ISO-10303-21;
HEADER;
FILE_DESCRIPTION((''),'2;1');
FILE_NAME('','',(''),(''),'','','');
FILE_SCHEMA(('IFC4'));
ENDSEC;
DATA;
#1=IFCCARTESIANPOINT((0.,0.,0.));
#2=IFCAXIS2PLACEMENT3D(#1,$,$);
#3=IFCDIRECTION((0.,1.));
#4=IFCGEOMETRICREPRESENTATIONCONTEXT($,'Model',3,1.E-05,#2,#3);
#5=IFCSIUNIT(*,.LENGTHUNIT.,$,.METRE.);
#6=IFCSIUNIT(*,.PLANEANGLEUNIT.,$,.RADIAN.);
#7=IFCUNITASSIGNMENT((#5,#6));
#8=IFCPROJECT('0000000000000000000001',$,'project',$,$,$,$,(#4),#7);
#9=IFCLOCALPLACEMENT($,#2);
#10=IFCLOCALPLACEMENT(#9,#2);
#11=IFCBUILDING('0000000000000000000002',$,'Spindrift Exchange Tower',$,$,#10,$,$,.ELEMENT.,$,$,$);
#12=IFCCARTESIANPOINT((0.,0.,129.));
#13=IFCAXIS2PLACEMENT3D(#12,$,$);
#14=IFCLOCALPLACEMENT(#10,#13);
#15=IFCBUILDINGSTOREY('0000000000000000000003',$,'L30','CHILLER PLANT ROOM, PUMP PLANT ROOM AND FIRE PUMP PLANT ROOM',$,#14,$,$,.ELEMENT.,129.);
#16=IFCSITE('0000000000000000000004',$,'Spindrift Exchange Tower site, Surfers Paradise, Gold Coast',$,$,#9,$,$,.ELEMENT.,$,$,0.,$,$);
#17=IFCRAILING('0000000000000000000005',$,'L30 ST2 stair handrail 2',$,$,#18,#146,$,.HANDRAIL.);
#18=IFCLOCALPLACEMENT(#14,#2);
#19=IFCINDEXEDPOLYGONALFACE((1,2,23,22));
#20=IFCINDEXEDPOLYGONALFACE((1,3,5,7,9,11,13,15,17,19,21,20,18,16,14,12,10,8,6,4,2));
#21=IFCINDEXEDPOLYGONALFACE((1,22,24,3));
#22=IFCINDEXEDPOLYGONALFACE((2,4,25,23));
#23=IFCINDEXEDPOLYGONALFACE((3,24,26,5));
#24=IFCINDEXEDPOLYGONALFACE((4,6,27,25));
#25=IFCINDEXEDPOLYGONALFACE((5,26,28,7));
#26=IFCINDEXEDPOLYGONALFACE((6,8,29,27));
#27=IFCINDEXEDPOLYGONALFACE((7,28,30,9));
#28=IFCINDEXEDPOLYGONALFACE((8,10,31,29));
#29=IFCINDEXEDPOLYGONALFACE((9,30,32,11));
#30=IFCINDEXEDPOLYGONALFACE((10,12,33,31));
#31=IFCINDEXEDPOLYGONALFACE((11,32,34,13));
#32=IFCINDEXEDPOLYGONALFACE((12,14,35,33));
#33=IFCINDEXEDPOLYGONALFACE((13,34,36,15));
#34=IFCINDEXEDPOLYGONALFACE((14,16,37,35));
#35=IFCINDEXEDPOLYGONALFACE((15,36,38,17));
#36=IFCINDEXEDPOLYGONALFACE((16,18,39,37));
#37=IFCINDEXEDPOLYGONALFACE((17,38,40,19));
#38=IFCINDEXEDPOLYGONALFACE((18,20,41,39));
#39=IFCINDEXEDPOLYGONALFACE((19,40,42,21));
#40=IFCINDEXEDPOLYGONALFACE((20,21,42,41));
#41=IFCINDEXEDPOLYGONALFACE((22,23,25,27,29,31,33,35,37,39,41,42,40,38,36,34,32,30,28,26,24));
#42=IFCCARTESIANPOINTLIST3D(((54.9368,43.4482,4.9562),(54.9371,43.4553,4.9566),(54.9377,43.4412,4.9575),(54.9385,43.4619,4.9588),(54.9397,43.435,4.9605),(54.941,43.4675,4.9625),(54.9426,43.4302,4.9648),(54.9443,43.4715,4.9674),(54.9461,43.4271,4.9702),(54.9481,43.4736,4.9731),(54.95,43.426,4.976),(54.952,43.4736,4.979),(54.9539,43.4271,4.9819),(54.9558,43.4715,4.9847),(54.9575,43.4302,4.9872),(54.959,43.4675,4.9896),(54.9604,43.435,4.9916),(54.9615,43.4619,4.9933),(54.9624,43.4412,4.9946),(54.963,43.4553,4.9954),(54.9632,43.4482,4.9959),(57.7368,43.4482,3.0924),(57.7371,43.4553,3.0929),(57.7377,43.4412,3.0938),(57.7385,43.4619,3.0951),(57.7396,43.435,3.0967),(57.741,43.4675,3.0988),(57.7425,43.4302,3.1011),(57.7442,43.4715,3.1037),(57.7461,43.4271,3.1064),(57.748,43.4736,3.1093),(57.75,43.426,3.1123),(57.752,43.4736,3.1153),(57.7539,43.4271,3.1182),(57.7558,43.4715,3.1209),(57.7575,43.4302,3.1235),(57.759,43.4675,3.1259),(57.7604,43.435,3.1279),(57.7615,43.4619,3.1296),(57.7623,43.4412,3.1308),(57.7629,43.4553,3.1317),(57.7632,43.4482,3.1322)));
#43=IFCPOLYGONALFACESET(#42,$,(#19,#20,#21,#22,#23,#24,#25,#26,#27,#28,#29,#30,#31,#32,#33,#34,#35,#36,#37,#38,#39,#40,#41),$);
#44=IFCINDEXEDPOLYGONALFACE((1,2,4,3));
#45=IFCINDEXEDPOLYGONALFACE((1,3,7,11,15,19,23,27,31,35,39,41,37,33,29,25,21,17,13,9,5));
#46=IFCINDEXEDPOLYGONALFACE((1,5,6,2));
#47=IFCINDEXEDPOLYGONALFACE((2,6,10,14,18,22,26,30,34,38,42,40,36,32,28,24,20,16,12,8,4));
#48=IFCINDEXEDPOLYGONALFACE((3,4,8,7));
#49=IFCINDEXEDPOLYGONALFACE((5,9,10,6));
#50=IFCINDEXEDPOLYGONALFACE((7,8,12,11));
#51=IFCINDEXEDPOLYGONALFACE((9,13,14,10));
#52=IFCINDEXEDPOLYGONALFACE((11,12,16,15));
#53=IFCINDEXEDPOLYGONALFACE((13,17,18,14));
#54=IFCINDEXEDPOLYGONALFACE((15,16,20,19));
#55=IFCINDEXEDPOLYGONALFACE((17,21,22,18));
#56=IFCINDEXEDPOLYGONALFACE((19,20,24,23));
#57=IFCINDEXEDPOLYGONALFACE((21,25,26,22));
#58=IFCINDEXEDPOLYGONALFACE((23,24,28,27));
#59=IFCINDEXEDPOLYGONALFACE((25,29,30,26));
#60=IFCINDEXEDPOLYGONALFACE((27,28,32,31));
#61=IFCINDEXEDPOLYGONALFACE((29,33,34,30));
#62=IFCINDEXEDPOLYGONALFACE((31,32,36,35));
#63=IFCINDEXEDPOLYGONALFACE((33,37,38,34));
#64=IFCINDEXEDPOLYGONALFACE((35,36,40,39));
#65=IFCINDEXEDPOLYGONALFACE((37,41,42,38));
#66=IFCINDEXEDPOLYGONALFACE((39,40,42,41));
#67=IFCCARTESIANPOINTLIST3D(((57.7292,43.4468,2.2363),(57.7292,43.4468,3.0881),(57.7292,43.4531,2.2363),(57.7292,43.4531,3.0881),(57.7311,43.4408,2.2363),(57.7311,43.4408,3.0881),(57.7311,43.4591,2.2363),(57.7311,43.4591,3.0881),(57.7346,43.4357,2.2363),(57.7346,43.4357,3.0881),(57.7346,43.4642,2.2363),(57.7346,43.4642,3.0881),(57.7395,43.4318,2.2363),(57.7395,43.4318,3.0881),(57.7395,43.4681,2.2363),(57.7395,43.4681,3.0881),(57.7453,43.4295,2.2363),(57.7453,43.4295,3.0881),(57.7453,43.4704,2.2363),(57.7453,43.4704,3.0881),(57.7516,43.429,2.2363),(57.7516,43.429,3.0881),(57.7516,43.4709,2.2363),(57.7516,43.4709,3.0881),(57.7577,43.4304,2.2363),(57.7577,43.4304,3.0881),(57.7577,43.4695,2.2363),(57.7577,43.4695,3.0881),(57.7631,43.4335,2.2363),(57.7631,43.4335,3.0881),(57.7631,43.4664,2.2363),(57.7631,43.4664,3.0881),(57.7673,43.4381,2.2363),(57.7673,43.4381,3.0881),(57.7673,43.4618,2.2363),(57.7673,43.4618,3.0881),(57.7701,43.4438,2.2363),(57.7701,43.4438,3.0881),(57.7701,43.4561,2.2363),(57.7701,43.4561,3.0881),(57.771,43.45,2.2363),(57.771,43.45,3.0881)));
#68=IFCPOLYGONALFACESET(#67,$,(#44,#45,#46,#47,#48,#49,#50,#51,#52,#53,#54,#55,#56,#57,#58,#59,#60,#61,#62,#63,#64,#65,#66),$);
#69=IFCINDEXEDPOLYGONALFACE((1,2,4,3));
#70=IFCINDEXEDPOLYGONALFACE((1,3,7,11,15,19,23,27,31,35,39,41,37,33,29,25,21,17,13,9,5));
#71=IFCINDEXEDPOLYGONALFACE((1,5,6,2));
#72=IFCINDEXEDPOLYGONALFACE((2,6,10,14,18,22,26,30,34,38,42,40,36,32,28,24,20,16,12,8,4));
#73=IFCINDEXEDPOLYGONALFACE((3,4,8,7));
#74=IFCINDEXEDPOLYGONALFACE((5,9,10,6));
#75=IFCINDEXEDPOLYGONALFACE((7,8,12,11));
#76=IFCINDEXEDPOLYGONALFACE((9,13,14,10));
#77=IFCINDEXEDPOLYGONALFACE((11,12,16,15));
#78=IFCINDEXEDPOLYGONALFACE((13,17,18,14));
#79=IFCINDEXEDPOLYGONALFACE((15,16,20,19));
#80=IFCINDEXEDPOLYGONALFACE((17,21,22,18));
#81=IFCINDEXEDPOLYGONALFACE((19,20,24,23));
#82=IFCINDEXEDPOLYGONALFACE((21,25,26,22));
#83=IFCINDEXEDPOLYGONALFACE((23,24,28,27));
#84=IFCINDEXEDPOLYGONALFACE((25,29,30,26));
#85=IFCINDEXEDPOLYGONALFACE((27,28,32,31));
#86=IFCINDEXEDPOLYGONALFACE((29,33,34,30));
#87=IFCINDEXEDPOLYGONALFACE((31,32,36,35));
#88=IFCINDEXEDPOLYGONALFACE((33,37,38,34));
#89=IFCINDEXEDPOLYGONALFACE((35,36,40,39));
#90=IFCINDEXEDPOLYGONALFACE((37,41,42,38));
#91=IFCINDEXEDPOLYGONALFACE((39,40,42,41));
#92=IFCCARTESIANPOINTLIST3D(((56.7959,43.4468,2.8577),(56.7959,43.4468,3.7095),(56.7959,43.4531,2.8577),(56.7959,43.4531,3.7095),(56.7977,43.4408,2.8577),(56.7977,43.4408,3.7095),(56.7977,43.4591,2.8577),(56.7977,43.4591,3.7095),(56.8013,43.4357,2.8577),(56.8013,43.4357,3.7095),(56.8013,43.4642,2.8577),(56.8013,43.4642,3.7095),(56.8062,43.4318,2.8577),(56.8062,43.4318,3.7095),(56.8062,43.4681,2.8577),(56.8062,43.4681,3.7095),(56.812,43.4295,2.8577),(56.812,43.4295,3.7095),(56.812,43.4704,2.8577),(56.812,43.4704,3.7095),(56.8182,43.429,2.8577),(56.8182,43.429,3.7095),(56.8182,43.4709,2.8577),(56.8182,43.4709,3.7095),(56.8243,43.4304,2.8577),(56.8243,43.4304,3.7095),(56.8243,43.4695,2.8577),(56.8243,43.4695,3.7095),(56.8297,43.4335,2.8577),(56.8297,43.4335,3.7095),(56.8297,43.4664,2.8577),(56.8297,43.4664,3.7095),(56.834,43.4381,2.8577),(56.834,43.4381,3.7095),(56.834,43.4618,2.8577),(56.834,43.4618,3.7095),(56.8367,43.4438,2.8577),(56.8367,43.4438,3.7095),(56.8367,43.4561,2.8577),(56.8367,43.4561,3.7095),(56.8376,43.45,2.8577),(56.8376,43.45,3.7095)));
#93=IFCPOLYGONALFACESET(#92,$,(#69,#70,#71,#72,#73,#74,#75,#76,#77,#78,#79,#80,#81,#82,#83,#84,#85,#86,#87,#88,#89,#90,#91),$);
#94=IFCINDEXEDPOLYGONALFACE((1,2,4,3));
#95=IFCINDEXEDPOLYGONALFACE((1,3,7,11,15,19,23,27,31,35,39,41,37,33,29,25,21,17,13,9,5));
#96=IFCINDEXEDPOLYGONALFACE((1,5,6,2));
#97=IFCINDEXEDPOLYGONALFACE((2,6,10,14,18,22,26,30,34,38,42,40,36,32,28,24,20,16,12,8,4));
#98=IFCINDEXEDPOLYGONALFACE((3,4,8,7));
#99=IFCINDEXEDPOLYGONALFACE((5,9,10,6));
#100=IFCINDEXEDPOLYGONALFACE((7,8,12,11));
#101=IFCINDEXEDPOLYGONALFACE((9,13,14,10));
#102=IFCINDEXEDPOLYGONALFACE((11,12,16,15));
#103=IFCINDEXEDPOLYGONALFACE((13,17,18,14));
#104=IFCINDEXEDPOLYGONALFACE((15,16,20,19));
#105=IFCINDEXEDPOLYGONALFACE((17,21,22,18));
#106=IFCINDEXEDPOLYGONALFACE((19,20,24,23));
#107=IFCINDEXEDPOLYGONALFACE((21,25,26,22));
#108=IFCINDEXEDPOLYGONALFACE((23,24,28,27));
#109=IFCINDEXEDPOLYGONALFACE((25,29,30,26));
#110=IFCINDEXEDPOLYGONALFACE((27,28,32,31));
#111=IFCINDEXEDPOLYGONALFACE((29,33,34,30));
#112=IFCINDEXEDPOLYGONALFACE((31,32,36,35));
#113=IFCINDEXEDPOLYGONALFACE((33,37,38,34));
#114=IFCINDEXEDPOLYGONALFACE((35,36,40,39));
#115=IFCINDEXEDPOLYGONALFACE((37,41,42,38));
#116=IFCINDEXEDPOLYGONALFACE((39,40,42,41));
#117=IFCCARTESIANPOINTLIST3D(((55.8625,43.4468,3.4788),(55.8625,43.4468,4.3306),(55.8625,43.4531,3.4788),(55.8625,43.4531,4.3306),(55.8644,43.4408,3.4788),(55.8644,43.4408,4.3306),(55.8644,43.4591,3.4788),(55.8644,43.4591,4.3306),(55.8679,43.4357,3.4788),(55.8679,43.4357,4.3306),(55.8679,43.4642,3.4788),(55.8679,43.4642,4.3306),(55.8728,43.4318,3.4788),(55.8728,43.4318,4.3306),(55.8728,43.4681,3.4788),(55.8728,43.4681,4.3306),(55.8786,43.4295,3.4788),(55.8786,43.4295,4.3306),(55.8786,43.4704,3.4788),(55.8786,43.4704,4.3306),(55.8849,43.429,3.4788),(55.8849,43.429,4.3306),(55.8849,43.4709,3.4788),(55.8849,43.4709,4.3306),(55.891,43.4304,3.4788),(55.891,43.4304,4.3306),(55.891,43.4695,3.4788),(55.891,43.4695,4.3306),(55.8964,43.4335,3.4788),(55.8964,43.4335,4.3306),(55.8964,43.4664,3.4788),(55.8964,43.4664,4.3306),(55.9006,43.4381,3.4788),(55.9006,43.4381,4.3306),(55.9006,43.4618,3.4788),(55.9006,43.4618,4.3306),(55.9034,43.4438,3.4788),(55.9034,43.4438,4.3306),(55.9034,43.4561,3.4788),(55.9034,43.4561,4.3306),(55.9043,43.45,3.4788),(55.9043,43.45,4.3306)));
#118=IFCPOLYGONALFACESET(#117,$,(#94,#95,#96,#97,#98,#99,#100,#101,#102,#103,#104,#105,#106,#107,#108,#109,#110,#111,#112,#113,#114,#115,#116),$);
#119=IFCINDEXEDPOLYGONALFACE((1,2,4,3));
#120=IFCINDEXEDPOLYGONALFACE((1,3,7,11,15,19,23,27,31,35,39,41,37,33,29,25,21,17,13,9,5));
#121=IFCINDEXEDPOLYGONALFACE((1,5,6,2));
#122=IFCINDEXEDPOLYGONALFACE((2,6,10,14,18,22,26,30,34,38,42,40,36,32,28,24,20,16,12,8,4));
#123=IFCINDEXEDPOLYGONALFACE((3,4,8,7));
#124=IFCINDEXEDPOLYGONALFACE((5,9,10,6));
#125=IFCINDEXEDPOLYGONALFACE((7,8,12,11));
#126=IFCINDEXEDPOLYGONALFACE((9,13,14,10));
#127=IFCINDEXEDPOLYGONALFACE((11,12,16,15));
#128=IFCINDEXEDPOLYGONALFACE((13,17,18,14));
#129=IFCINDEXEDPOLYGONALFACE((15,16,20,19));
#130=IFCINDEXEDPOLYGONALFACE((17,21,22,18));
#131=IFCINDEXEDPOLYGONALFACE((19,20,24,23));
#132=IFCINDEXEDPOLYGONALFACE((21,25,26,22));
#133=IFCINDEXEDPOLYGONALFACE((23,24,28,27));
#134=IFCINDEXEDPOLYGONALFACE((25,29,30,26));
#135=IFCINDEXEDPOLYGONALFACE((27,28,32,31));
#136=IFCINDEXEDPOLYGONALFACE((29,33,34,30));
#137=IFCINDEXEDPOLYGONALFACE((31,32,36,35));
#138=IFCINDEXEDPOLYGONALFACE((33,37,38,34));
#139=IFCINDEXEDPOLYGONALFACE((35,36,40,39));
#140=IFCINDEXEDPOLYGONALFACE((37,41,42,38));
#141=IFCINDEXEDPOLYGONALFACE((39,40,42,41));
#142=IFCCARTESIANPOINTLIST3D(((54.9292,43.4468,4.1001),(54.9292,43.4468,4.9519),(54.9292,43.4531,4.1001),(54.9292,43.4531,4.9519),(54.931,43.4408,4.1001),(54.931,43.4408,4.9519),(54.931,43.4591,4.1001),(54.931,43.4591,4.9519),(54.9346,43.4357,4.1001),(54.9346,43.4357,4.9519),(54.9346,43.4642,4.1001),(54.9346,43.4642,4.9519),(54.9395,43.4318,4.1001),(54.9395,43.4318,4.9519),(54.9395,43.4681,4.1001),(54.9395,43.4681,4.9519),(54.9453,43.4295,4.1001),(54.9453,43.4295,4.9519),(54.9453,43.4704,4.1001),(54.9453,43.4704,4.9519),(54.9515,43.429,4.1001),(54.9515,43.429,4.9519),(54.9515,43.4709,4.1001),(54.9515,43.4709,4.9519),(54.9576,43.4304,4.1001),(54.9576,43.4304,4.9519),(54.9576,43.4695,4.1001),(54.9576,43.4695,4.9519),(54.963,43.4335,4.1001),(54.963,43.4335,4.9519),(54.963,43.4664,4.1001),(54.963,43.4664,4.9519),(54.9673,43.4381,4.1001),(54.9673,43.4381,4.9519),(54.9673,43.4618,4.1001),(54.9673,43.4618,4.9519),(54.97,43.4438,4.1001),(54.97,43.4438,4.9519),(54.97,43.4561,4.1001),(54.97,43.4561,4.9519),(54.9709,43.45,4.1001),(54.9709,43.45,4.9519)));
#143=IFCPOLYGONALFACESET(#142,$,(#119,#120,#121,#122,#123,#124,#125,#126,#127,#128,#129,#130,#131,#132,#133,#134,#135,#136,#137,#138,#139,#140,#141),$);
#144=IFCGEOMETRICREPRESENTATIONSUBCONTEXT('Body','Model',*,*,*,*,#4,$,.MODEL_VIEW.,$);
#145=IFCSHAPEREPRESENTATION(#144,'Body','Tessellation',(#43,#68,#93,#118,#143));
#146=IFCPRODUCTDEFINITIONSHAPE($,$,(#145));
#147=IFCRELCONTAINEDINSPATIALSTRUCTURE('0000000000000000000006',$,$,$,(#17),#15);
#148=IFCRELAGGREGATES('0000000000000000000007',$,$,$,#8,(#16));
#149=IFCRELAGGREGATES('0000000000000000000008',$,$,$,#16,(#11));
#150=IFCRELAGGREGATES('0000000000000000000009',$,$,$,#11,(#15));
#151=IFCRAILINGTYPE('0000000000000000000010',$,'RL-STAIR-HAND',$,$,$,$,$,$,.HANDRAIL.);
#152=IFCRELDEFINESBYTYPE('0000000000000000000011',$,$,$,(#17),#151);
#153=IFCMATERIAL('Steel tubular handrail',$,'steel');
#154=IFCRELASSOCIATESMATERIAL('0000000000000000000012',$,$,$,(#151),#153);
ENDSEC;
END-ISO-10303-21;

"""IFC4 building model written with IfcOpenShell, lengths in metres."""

from ifc_helpers import new_model, si_unit, direction, frame, origin, origin_2d, place, context, subcontext, project, spatial, circle, extrude, material, type_object, element, save


model = new_model("IFC4")

# Units and contexts
model_context = context("Model", 3, precision=1e-05, world=origin(), true_north=direction((0.0, 1.0)))
body_context = subcontext(model_context, "Body", "Model", "MODEL_VIEW")
ifc_project = project(units=[si_unit("LENGTHUNIT", "METRE"), si_unit("PLANEANGLEUNIT", "RADIAN")], contexts=[model_context])

# Site, building, storey
site_placement = place(None, origin())
site = spatial("IfcSite", under=ifc_project, at=site_placement, Name="Spindrift Exchange Tower site, Surfers Paradise, Gold Coast", CompositionType="ELEMENT", RefElevation=0.0)
building_placement = place(site_placement, origin())
building = spatial("IfcBuilding", under=site, at=building_placement, Name="Spindrift Exchange Tower", CompositionType="ELEMENT")
storey_placement = place(building_placement, frame((0.0, 0.0, 129.0)))
storey = spatial("IfcBuildingStorey", under=building, at=storey_placement, Name="L30", Description="CHILLER PLANT ROOM, PUMP PLANT ROOM AND FIRE PUMP PLANT ROOM", CompositionType="ELEMENT", Elevation=129.0)

# Railing
ifc_material_1 = material(Name="Steel tubular handrail", Category="steel")
railing_type_1 = type_object("IfcRailingType", Name="RL-STAIR-HAND", PredefinedType="HANDRAIL", material=ifc_material_1)
railing_1_placement = place(storey_placement, frame((57.75, 43.45, 2.2363)))
element("IfcRailing", 1, at=railing_1_placement, inside=storey, type_object=railing_type_1, Name="L30 ST2 stair handrail 2", PredefinedType="HANDRAIL", context=body_context, shape_type="SweptSolid", body=[
    extrude(circle(Radius=0.0239, at=origin_2d()), frame((0.0, 0.0, 0.876), z_axis=(-0.832452, 0.0, 0.554097), x_axis=(0.0, -1.0, 0.0)), (0.0, 0.0, 1.0), 3.3635),
    extrude(circle(Radius=0.021, at=origin_2d()), origin(), (0.0, 0.0, 1.0), 0.8518),
    extrude(circle(Radius=0.021, at=origin_2d()), frame((-0.9333, 0.0, 0.6213)), (0.0, 0.0, 1.0), 0.8518),
    extrude(circle(Radius=0.021, at=origin_2d()), frame((-1.8667, 0.0, 1.2424)), (0.0, 0.0, 1.0), 0.8518),
    extrude(circle(Radius=0.021, at=origin_2d()), frame((-2.8, 0.0, 1.8638)), (0.0, 0.0, 1.0), 0.8518),
])

save(model, "model.ifc")
